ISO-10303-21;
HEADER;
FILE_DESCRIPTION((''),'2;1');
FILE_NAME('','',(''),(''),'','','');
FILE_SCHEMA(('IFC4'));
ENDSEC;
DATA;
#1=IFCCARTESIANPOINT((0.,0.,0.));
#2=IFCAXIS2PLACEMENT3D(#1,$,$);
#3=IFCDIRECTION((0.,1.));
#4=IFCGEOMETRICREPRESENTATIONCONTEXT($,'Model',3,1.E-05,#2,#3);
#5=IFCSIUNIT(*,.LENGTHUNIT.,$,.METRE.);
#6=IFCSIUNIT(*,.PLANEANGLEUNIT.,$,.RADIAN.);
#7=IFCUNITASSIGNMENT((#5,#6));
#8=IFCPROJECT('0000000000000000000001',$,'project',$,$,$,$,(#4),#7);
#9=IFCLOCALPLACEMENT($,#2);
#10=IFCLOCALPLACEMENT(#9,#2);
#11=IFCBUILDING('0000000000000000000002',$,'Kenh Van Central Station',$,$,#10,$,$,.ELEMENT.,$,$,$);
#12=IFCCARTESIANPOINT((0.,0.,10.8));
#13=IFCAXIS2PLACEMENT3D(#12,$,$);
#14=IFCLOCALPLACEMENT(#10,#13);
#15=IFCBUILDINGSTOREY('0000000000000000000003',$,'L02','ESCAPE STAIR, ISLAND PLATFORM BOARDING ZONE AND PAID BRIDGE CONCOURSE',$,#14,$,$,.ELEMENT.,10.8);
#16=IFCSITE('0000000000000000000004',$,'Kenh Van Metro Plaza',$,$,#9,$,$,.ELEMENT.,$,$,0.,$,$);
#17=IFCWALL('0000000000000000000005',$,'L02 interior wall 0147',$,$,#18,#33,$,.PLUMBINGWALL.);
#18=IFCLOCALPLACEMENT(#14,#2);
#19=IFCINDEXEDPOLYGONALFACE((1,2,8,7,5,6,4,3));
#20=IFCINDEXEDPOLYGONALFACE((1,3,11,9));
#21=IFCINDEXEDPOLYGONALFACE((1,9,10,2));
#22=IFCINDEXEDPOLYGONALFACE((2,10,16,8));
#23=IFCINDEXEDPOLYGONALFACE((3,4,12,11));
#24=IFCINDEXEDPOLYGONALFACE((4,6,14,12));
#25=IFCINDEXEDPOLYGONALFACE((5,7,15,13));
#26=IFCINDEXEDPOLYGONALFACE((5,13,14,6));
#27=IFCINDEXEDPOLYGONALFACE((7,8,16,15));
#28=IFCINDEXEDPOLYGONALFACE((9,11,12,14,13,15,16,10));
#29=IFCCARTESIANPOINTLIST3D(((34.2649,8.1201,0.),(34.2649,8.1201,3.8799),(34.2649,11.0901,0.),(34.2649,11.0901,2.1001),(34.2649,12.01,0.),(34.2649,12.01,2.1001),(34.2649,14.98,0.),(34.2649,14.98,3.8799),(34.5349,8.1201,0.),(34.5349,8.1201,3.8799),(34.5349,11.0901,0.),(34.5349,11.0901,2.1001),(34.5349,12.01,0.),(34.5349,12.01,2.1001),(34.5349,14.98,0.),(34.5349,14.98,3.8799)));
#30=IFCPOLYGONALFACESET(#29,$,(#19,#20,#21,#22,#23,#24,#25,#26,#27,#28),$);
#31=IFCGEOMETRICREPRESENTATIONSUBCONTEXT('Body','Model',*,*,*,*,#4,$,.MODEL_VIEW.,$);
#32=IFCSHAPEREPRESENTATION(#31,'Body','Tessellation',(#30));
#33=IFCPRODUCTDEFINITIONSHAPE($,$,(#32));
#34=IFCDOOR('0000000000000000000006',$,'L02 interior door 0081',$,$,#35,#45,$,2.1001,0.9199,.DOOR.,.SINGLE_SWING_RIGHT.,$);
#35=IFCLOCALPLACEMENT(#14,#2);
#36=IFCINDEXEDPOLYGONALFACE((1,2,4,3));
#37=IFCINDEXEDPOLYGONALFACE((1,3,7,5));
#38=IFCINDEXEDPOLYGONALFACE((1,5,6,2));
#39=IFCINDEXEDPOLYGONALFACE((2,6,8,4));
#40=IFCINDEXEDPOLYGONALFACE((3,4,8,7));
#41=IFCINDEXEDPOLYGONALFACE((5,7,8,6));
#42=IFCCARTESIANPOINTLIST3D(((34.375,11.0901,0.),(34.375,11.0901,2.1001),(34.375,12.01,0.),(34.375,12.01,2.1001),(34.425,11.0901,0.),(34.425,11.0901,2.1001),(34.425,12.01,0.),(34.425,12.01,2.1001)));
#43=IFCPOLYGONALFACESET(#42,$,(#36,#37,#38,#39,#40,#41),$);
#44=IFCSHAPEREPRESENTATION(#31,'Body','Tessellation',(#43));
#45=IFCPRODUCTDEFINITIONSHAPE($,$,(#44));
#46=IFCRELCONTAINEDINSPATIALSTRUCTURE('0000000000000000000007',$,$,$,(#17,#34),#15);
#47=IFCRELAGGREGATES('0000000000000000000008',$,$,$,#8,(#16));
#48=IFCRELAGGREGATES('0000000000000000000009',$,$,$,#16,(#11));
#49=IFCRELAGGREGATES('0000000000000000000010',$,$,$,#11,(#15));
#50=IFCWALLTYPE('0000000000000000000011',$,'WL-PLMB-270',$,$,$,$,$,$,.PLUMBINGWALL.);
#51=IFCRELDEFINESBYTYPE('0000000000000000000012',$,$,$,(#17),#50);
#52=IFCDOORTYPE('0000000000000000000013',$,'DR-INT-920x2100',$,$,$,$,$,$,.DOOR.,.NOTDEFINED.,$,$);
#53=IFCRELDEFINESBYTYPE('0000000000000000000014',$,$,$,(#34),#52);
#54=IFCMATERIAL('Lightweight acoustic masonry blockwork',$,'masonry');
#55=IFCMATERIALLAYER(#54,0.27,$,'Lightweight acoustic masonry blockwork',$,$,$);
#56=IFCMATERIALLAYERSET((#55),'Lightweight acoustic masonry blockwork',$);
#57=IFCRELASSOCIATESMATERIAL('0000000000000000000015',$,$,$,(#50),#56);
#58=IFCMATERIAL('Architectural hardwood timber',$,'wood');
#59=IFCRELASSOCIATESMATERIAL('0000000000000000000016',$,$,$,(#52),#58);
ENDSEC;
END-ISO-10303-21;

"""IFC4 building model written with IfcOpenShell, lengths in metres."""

from ifc_helpers import new_model, si_unit, direction, frame, frame_2d, origin, place, context, subcontext, project, spatial, rectangle, extrude, material, layer, layer_set, type_object, element, fill, save


model = new_model("IFC4")

# Units and contexts
model_context = context("Model", 3, precision=1e-05, world=origin(), true_north=direction((0.0, 1.0)))
body_context = subcontext(model_context, "Body", "Model", "MODEL_VIEW")
ifc_project = project(units=[si_unit("LENGTHUNIT", "METRE"), si_unit("PLANEANGLEUNIT", "RADIAN")], contexts=[model_context])

# Site, building, storey
site_placement = place(None, origin())
site = spatial("IfcSite", under=ifc_project, at=site_placement, Name="Kenh Van Metro Plaza", CompositionType="ELEMENT", RefElevation=0.0)
building_placement = place(site_placement, origin())
building = spatial("IfcBuilding", under=site, at=building_placement, Name="Kenh Van Central Station", CompositionType="ELEMENT")
storey_placement = place(building_placement, frame((0.0, 0.0, 10.8)))
storey = spatial("IfcBuildingStorey", under=building, at=storey_placement, Name="L02", Description="ESCAPE STAIR, ISLAND PLATFORM BOARDING ZONE AND PAID BRIDGE CONCOURSE", CompositionType="ELEMENT", Elevation=10.8)

# Shared definitions
ifc_material_1 = material(Name="Lightweight acoustic masonry blockwork", Category="masonry")
ifc_material_2 = material(Name="Architectural hardwood timber", Category="wood")

# Wall, opening, door
ifc_layer_1 = layer(ifc_material_1, 0.27, Name="Lightweight acoustic masonry blockwork")
ifc_layer_set_1 = layer_set([ifc_layer_1], Name="Lightweight acoustic masonry blockwork")
wall_type_1 = type_object("IfcWallType", Name="WL-PLMB-270", PredefinedType="PLUMBINGWALL", material=ifc_layer_set_1)
wall_1_placement = place(storey_placement, frame((34.3999, 8.1201, 0.0), z_axis=(0.0, 0.0, 1.0), x_axis=(0.0, 1.0, 0.0)))
wall_1 = element("IfcWall", 1, at=wall_1_placement, inside=storey, type_object=wall_type_1, Name="L02 interior wall 0147", PredefinedType="PLUMBINGWALL", context=body_context, shape_type="SweptSolid", body=[
    extrude(rectangle(XDim=6.8599, YDim=0.27, at=frame_2d((3.4299, 0.0))), origin(), (0.0, 0.0, 1.0), 3.8799),
])
opening_1_placement = place(wall_1_placement, frame((2.97, 0.0, 0.0)))
opening_1 = element("IfcOpeningElement", 2, at=opening_1_placement, cuts=wall_1, PredefinedType="OPENING", context=body_context, shape_type="SweptSolid", body=[
    extrude(rectangle(XDim=0.9199, YDim=2.1001, at=frame_2d((0.46, 1.05))), frame((0.0, 0.145, 0.0), z_axis=(0.0, -1.0, 0.0), x_axis=(1.0, 0.0, 0.0)), (0.0, 0.0, 1.0), 0.29),
])
door_type_1 = type_object("IfcDoorType", Name="DR-INT-920x2100", OperationType="NOTDEFINED", PredefinedType="DOOR", material=ifc_material_2)
door_1_placement = place(opening_1_placement, origin())
door_1 = element("IfcDoor", 3, at=door_1_placement, inside=storey, type_object=door_type_1, Name="L02 interior door 0081", OperationType="SINGLE_SWING_RIGHT", OverallHeight=2.1001, OverallWidth=0.9199, PredefinedType="DOOR", context=body_context, shape_type="SweptSolid", body=[
    extrude(rectangle(XDim=0.9199, YDim=2.1001, at=frame_2d((0.46, 1.05))), frame((0.0, 0.0249, 0.0), z_axis=(0.0, -1.0, 0.0), x_axis=(1.0, 0.0, 0.0)), (0.0, 0.0, 1.0), 0.05),
])
fill(opening_1, door_1)

save(model, "model.ifc")
